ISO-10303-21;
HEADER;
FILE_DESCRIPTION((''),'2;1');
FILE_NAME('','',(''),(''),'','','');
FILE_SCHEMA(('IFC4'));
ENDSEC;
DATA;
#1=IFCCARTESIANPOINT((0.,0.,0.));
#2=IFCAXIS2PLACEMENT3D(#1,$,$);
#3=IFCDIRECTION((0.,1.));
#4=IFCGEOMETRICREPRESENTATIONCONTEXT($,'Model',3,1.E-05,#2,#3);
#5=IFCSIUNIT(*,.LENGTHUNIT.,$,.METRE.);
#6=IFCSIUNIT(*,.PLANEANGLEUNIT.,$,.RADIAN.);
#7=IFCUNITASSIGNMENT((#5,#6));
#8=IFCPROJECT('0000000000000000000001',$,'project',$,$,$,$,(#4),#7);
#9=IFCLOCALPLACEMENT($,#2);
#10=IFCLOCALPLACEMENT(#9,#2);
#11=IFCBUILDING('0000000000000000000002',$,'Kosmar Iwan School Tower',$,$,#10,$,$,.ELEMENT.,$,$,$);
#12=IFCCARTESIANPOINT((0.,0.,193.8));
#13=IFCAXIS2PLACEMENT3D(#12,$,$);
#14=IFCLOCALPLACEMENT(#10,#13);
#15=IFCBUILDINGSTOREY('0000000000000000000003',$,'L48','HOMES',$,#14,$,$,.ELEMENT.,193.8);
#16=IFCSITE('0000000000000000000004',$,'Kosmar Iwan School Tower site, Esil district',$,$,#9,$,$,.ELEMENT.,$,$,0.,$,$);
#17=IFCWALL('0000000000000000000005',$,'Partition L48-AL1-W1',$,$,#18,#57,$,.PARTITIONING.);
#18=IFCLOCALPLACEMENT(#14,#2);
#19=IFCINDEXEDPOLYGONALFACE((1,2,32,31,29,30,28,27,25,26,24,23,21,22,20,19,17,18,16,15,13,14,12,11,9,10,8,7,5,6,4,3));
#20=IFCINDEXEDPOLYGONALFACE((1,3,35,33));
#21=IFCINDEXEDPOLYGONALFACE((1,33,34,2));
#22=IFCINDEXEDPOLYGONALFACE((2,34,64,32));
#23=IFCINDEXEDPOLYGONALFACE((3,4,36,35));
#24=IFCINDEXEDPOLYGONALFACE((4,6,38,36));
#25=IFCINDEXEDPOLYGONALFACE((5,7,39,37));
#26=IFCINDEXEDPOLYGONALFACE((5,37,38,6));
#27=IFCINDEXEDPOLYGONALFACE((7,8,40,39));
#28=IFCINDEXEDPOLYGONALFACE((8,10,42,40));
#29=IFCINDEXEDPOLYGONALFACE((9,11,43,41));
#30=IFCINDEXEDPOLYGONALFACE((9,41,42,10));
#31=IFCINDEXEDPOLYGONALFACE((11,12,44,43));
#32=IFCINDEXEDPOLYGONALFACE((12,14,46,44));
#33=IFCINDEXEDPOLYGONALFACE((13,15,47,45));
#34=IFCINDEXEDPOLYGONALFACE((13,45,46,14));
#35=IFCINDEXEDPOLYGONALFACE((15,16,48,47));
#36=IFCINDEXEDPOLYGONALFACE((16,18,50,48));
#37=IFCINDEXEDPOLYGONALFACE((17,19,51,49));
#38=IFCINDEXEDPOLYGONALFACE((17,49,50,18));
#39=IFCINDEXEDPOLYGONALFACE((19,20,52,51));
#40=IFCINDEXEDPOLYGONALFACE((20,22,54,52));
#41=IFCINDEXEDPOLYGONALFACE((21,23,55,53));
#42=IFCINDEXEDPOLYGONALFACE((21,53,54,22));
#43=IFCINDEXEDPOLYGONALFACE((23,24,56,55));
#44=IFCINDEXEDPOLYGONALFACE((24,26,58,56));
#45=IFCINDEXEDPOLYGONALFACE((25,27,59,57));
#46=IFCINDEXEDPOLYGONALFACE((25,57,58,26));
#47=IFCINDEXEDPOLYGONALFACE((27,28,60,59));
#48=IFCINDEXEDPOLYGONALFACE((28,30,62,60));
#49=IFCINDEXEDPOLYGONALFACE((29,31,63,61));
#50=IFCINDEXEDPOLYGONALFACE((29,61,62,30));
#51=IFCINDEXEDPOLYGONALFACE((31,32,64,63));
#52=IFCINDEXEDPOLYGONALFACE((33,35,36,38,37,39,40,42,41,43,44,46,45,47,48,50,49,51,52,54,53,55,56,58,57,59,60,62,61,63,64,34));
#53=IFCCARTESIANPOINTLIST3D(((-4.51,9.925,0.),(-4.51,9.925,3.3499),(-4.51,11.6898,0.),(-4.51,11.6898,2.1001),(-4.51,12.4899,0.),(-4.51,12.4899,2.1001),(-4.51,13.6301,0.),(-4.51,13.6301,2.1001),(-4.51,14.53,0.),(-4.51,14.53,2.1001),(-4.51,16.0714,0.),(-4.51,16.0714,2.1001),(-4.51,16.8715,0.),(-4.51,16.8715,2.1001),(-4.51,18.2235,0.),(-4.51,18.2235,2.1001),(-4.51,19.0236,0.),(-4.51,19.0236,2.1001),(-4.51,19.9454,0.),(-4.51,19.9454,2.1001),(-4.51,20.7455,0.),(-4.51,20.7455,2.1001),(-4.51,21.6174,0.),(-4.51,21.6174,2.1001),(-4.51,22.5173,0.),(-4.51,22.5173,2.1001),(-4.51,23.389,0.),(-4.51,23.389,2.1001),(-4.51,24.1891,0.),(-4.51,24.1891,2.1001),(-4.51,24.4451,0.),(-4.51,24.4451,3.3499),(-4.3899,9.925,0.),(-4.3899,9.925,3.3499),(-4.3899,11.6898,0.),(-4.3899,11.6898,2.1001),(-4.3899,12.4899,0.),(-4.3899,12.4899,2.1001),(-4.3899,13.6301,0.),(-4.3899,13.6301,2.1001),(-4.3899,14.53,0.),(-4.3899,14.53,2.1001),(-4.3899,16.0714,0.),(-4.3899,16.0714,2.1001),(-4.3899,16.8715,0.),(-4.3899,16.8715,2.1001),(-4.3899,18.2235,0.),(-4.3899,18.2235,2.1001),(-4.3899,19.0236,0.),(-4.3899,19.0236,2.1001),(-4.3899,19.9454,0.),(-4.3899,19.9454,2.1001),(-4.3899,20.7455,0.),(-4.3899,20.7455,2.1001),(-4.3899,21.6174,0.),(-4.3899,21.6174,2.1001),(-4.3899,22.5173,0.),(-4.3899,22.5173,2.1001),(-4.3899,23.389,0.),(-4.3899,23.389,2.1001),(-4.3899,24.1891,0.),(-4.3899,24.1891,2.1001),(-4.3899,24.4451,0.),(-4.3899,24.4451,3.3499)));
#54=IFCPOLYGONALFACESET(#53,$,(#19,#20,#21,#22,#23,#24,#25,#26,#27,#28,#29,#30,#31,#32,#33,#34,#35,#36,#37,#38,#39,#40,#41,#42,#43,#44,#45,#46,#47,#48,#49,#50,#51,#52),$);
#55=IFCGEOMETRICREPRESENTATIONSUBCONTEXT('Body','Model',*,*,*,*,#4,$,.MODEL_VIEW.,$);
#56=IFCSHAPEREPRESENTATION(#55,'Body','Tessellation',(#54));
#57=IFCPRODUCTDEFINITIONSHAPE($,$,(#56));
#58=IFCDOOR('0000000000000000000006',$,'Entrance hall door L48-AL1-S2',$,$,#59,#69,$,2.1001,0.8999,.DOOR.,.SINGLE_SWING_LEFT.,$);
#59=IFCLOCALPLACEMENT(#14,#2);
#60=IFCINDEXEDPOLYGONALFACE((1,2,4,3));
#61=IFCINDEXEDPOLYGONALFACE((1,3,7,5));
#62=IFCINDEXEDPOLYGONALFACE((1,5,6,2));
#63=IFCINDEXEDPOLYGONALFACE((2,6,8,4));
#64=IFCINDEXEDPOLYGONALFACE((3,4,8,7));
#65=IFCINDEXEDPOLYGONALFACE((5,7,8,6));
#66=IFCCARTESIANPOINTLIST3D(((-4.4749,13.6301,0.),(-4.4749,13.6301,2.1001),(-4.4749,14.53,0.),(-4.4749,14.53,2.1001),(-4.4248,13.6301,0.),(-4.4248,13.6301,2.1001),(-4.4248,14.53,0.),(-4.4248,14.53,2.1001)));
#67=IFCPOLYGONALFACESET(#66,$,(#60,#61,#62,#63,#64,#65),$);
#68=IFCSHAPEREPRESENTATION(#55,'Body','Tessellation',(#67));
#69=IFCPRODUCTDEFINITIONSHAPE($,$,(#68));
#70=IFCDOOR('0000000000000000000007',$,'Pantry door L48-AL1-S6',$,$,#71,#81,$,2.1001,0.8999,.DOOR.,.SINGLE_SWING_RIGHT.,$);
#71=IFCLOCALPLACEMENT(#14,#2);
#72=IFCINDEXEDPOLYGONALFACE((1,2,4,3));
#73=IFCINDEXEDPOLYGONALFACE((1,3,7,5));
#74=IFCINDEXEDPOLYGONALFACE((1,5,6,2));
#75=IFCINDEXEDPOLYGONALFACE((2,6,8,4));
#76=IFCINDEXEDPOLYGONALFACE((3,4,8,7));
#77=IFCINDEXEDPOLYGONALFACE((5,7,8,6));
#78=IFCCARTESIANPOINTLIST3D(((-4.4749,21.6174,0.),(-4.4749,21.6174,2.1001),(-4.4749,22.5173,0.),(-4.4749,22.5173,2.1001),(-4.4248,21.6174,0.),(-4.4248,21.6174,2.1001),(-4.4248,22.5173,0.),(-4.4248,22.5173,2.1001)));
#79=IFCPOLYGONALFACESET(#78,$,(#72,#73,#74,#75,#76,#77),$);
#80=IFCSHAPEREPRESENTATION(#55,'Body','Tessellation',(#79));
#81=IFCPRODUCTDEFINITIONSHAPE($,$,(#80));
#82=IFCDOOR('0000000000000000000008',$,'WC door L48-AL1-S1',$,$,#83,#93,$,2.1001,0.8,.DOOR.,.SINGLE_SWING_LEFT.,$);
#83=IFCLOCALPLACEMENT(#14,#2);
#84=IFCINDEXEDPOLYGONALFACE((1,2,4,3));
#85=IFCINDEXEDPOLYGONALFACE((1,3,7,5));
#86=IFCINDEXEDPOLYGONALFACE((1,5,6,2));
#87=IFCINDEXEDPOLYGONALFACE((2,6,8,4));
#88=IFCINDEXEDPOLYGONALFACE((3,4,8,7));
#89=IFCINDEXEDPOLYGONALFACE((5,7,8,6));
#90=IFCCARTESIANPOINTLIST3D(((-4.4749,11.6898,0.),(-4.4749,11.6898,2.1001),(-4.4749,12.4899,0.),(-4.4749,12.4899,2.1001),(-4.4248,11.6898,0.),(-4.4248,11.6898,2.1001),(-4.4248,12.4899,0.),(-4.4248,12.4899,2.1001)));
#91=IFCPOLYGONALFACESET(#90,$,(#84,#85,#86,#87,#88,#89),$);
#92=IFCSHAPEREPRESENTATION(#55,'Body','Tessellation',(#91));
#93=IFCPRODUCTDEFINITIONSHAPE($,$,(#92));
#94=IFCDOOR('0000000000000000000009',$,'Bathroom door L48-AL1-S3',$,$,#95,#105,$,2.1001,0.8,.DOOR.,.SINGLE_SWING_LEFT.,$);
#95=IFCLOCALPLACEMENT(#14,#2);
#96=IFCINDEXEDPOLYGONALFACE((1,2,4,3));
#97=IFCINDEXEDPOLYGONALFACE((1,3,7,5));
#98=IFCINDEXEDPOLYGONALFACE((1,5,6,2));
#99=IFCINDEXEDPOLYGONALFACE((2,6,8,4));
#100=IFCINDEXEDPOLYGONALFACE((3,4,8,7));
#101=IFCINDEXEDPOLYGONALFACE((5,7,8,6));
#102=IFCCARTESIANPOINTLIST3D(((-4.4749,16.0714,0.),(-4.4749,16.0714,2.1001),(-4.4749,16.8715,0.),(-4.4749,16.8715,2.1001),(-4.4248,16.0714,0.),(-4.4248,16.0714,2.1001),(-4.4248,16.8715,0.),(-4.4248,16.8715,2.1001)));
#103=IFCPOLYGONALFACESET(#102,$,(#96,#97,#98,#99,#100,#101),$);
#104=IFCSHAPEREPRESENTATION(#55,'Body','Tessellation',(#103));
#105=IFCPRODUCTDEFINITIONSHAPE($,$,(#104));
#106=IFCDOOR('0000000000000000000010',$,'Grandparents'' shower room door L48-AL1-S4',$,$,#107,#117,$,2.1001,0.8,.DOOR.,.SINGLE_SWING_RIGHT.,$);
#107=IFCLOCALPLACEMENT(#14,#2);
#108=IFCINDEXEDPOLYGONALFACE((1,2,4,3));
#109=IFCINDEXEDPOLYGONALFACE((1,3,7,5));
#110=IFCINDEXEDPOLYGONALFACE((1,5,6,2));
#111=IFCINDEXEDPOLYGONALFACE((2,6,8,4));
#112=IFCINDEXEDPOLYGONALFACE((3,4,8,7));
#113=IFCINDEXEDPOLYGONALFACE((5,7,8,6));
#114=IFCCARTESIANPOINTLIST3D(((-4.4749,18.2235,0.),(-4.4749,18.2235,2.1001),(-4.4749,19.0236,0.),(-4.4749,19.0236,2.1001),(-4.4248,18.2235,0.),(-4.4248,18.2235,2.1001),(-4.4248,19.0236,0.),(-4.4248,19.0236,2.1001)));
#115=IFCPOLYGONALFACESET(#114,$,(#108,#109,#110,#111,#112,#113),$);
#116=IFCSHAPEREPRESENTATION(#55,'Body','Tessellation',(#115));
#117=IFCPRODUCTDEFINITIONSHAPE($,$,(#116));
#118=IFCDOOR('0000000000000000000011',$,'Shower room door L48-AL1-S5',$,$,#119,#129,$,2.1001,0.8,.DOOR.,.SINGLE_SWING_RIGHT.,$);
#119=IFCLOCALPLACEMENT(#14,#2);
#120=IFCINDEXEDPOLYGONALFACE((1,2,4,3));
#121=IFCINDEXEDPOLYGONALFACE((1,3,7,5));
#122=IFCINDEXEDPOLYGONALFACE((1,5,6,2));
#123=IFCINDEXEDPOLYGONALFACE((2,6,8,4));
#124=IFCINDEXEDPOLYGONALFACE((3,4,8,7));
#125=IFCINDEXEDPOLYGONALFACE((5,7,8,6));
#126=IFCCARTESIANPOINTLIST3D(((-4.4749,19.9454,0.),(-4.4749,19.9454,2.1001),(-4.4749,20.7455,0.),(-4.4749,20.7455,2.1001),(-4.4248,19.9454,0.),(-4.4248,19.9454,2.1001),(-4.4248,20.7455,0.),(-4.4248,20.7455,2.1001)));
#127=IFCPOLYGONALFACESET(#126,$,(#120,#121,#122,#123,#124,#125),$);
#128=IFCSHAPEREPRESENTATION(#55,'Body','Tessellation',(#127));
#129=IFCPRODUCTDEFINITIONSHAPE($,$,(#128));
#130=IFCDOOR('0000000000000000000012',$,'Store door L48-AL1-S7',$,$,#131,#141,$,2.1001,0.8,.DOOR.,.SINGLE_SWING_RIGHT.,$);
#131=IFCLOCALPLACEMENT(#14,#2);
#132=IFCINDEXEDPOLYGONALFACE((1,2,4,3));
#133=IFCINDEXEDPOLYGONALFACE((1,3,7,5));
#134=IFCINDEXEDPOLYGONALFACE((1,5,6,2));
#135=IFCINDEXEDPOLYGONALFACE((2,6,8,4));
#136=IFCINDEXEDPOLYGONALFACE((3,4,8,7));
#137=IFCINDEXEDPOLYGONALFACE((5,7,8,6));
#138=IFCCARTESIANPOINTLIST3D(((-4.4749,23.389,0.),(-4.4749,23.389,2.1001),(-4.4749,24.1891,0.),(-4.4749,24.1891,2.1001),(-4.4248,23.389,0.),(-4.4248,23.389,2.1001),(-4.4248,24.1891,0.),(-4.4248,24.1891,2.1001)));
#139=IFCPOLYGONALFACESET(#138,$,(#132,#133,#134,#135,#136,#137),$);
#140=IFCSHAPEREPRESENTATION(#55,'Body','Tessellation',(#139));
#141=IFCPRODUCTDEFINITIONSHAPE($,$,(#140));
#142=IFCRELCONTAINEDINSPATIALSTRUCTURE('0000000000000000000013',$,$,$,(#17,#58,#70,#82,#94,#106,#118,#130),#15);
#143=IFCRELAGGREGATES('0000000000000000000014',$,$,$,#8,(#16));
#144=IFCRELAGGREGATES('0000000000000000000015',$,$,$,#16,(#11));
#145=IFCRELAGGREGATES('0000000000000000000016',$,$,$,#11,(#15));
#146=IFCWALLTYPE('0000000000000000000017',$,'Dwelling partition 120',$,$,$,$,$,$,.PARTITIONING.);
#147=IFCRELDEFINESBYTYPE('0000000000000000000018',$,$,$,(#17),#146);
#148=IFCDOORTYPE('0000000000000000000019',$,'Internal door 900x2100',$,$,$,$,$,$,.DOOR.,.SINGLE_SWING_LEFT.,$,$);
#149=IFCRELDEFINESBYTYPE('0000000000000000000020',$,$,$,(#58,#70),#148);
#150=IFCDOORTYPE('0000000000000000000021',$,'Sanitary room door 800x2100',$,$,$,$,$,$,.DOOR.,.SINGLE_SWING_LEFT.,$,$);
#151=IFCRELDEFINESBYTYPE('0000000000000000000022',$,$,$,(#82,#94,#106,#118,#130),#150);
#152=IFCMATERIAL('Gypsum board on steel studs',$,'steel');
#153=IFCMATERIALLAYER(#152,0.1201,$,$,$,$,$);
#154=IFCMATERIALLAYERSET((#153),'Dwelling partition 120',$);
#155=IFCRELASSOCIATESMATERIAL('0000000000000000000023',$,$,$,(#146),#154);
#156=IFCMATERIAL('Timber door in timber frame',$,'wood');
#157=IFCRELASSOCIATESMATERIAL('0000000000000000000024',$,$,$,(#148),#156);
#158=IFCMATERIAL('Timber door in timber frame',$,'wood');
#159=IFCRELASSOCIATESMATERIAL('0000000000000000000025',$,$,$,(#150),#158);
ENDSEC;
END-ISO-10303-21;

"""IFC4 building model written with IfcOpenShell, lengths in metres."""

from ifc_helpers import new_model, si_unit, direction, frame, frame_2d, origin, place, context, subcontext, project, spatial, rectangle, extrude, material, layer, layer_set, type_object, element, fill, save


model = new_model("IFC4")

# Units and contexts
model_context = context("Model", 3, precision=1e-05, world=origin(), true_north=direction((0.0, 1.0)))
body_context = subcontext(model_context, "Body", "Model", "MODEL_VIEW")
ifc_project = project(units=[si_unit("LENGTHUNIT", "METRE"), si_unit("PLANEANGLEUNIT", "RADIAN")], contexts=[model_context])

# Site, building, storey
site_placement = place(None, origin())
site = spatial("IfcSite", under=ifc_project, at=site_placement, Name="Kosmar Iwan School Tower site, Esil district", CompositionType="ELEMENT", RefElevation=0.0)
building_placement = place(site_placement, origin())
building = spatial("IfcBuilding", under=site, at=building_placement, Name="Kosmar Iwan School Tower", CompositionType="ELEMENT")
storey_placement = place(building_placement, frame((0.0, 0.0, 193.8)))
storey = spatial("IfcBuildingStorey", under=building, at=storey_placement, Name="L48", Description="HOMES", CompositionType="ELEMENT", Elevation=193.8)

# Wall, openings, doors
ifc_material_1 = material(Name="Gypsum board on steel studs", Category="steel")
ifc_layer_1 = layer(ifc_material_1, 0.1201)
ifc_layer_set_1 = layer_set([ifc_layer_1], Name="Dwelling partition 120")
wall_type_1 = type_object("IfcWallType", Name="Dwelling partition 120", PredefinedType="PARTITIONING", material=ifc_layer_set_1)
wall_1_placement = place(storey_placement, frame((-4.45, 9.925, 0.0), z_axis=(0.0, 0.0, 1.0), x_axis=(0.0, 1.0, 0.0)))
wall_1 = element("IfcWall", 1, at=wall_1_placement, inside=storey, type_object=wall_type_1, Name="Partition L48-AL1-W1", PredefinedType="PARTITIONING", context=body_context, shape_type="SweptSolid", body=[
    extrude(rectangle(XDim=14.52, YDim=0.1201, at=frame_2d((7.26, 0.0))), origin(), (0.0, 0.0, 1.0), 3.3499),
])
opening_1_placement = place(wall_1_placement, frame((1.7649, 0.0, 0.0)))
opening_1 = element("IfcOpeningElement", 2, at=opening_1_placement, cuts=wall_1, PredefinedType="OPENING", context=body_context, shape_type="SweptSolid", body=[
    extrude(rectangle(XDim=0.8, YDim=2.1001, at=frame_2d((0.3999, 1.05))), frame((0.0, 0.072, 0.0), z_axis=(0.0, -1.0, 0.0), x_axis=(1.0, 0.0, 0.0)), (0.0, 0.0, 1.0), 0.144),
])
opening_2_placement = place(wall_1_placement, frame((3.7051, 0.0, 0.0)))
opening_2 = element("IfcOpeningElement", 3, at=opening_2_placement, cuts=wall_1, PredefinedType="OPENING", context=body_context, shape_type="SweptSolid", body=[
    extrude(rectangle(XDim=0.8999, YDim=2.1001, at=frame_2d((0.45, 1.05))), frame((0.0, 0.072, 0.0), z_axis=(0.0, -1.0, 0.0), x_axis=(1.0, 0.0, 0.0)), (0.0, 0.0, 1.0), 0.144),
])
opening_3_placement = place(wall_1_placement, frame((6.1465, 0.0, 0.0)))
opening_3 = element("IfcOpeningElement", 4, at=opening_3_placement, cuts=wall_1, PredefinedType="OPENING", context=body_context, shape_type="SweptSolid", body=[
    extrude(rectangle(XDim=0.8, YDim=2.1001, at=frame_2d((0.3999, 1.05))), frame((0.0, 0.072, 0.0), z_axis=(0.0, -1.0, 0.0), x_axis=(1.0, 0.0, 0.0)), (0.0, 0.0, 1.0), 0.144),
])
opening_4_placement = place(wall_1_placement, frame((8.2986, 0.0, 0.0)))
opening_4 = element("IfcOpeningElement", 5, at=opening_4_placement, cuts=wall_1, PredefinedType="OPENING", context=body_context, shape_type="SweptSolid", body=[
    extrude(rectangle(XDim=0.8, YDim=2.1001, at=frame_2d((0.3999, 1.05))), frame((0.0, 0.072, 0.0), z_axis=(0.0, -1.0, 0.0), x_axis=(1.0, 0.0, 0.0)), (0.0, 0.0, 1.0), 0.144),
])
opening_5_placement = place(wall_1_placement, frame((10.0205, 0.0, 0.0)))
opening_5 = element("IfcOpeningElement", 6, at=opening_5_placement, cuts=wall_1, PredefinedType="OPENING", context=body_context, shape_type="SweptSolid", body=[
    extrude(rectangle(XDim=0.8, YDim=2.1001, at=frame_2d((0.3999, 1.05))), frame((0.0, 0.072, 0.0), z_axis=(0.0, -1.0, 0.0), x_axis=(1.0, 0.0, 0.0)), (0.0, 0.0, 1.0), 0.144),
])
opening_6_placement = place(wall_1_placement, frame((11.6924, 0.0, 0.0)))
opening_6 = element("IfcOpeningElement", 7, at=opening_6_placement, cuts=wall_1, PredefinedType="OPENING", context=body_context, shape_type="SweptSolid", body=[
    extrude(rectangle(XDim=0.8999, YDim=2.1001, at=frame_2d((0.45, 1.05))), frame((0.0, 0.072, 0.0), z_axis=(0.0, -1.0, 0.0), x_axis=(1.0, 0.0, 0.0)), (0.0, 0.0, 1.0), 0.144),
])
opening_7_placement = place(wall_1_placement, frame((13.4641, 0.0, 0.0)))
opening_7 = element("IfcOpeningElement", 8, at=opening_7_placement, cuts=wall_1, PredefinedType="OPENING", context=body_context, shape_type="SweptSolid", body=[
    extrude(rectangle(XDim=0.8, YDim=2.1001, at=frame_2d((0.3999, 1.05))), frame((0.0, 0.072, 0.0), z_axis=(0.0, -1.0, 0.0), x_axis=(1.0, 0.0, 0.0)), (0.0, 0.0, 1.0), 0.144),
])
ifc_material_2 = material(Name="Timber door in timber frame", Category="wood")
door_type_1 = type_object("IfcDoorType", Name="Internal door 900x2100", OperationType="SINGLE_SWING_LEFT", PredefinedType="DOOR", material=ifc_material_2)
door_1_placement = place(opening_2_placement, origin())
door_1 = element("IfcDoor", 9, at=door_1_placement, inside=storey, type_object=door_type_1, Name="Entrance hall door L48-AL1-S2", OperationType="SINGLE_SWING_LEFT", OverallHeight=2.1001, OverallWidth=0.8999, PredefinedType="DOOR", context=body_context, shape_type="SweptSolid", body=[
    extrude(rectangle(XDim=0.8999, YDim=2.1001, at=frame_2d((0.45, 1.05))), frame((0.0, 0.0249, 0.0), z_axis=(0.0, -1.0, 0.0), x_axis=(1.0, 0.0, 0.0)), (0.0, 0.0, 1.0), 0.05),
])
fill(opening_2, door_1)
door_2_placement = place(opening_6_placement, origin())
door_2 = element("IfcDoor", 10, at=door_2_placement, inside=storey, type_object=door_type_1, Name="Pantry door L48-AL1-S6", OperationType="SINGLE_SWING_RIGHT", OverallHeight=2.1001, OverallWidth=0.8999, PredefinedType="DOOR", context=body_context, shape_type="SweptSolid", body=[
    extrude(rectangle(XDim=0.8999, YDim=2.1001, at=frame_2d((0.45, 1.05))), frame((0.0, 0.0249, 0.0), z_axis=(0.0, -1.0, 0.0), x_axis=(1.0, 0.0, 0.0)), (0.0, 0.0, 1.0), 0.05),
])
fill(opening_6, door_2)
ifc_material_3 = material(Name="Timber door in timber frame", Category="wood")
door_type_2 = type_object("IfcDoorType", Name="Sanitary room door 800x2100", OperationType="SINGLE_SWING_LEFT", PredefinedType="DOOR", material=ifc_material_3)
door_3_placement = place(opening_1_placement, origin())
door_3 = element("IfcDoor", 11, at=door_3_placement, inside=storey, type_object=door_type_2, Name="WC door L48-AL1-S1", OperationType="SINGLE_SWING_LEFT", OverallHeight=2.1001, OverallWidth=0.8, PredefinedType="DOOR", context=body_context, shape_type="SweptSolid", body=[
    extrude(rectangle(XDim=0.8, YDim=2.1001, at=frame_2d((0.3999, 1.05))), frame((0.0, 0.0249, 0.0), z_axis=(0.0, -1.0, 0.0), x_axis=(1.0, 0.0, 0.0)), (0.0, 0.0, 1.0), 0.05),
])
fill(opening_1, door_3)
door_4_placement = place(opening_3_placement, origin())
door_4 = element("IfcDoor", 12, at=door_4_placement, inside=storey, type_object=door_type_2, Name="Bathroom door L48-AL1-S3", OperationType="SINGLE_SWING_LEFT", OverallHeight=2.1001, OverallWidth=0.8, PredefinedType="DOOR", context=body_context, shape_type="SweptSolid", body=[
    extrude(rectangle(XDim=0.8, YDim=2.1001, at=frame_2d((0.3999, 1.05))), frame((0.0, 0.0249, 0.0), z_axis=(0.0, -1.0, 0.0), x_axis=(1.0, 0.0, 0.0)), (0.0, 0.0, 1.0), 0.05),
])
fill(opening_3, door_4)
door_5_placement = place(opening_4_placement, origin())
door_5 = element("IfcDoor", 13, at=door_5_placement, inside=storey, type_object=door_type_2, Name="Grandparents' shower room door L48-AL1-S4", OperationType="SINGLE_SWING_RIGHT", OverallHeight=2.1001, OverallWidth=0.8, PredefinedType="DOOR", context=body_context, shape_type="SweptSolid", body=[
    extrude(rectangle(XDim=0.8, YDim=2.1001, at=frame_2d((0.3999, 1.05))), frame((0.0, 0.0249, 0.0), z_axis=(0.0, -1.0, 0.0), x_axis=(1.0, 0.0, 0.0)), (0.0, 0.0, 1.0), 0.05),
])
fill(opening_4, door_5)
door_6_placement = place(opening_5_placement, origin())
door_6 = element("IfcDoor", 14, at=door_6_placement, inside=storey, type_object=door_type_2, Name="Shower room door L48-AL1-S5", OperationType="SINGLE_SWING_RIGHT", OverallHeight=2.1001, OverallWidth=0.8, PredefinedType="DOOR", context=body_context, shape_type="SweptSolid", body=[
    extrude(rectangle(XDim=0.8, YDim=2.1001, at=frame_2d((0.3999, 1.05))), frame((0.0, 0.0249, 0.0), z_axis=(0.0, -1.0, 0.0), x_axis=(1.0, 0.0, 0.0)), (0.0, 0.0, 1.0), 0.05),
])
fill(opening_5, door_6)
door_7_placement = place(opening_7_placement, origin())
door_7 = element("IfcDoor", 15, at=door_7_placement, inside=storey, type_object=door_type_2, Name="Store door L48-AL1-S7", OperationType="SINGLE_SWING_RIGHT", OverallHeight=2.1001, OverallWidth=0.8, PredefinedType="DOOR", context=body_context, shape_type="SweptSolid", body=[
    extrude(rectangle(XDim=0.8, YDim=2.1001, at=frame_2d((0.3999, 1.05))), frame((0.0, 0.0249, 0.0), z_axis=(0.0, -1.0, 0.0), x_axis=(1.0, 0.0, 0.0)), (0.0, 0.0, 1.0), 0.05),
])
fill(opening_7, door_7)

save(model, "model.ifc")
